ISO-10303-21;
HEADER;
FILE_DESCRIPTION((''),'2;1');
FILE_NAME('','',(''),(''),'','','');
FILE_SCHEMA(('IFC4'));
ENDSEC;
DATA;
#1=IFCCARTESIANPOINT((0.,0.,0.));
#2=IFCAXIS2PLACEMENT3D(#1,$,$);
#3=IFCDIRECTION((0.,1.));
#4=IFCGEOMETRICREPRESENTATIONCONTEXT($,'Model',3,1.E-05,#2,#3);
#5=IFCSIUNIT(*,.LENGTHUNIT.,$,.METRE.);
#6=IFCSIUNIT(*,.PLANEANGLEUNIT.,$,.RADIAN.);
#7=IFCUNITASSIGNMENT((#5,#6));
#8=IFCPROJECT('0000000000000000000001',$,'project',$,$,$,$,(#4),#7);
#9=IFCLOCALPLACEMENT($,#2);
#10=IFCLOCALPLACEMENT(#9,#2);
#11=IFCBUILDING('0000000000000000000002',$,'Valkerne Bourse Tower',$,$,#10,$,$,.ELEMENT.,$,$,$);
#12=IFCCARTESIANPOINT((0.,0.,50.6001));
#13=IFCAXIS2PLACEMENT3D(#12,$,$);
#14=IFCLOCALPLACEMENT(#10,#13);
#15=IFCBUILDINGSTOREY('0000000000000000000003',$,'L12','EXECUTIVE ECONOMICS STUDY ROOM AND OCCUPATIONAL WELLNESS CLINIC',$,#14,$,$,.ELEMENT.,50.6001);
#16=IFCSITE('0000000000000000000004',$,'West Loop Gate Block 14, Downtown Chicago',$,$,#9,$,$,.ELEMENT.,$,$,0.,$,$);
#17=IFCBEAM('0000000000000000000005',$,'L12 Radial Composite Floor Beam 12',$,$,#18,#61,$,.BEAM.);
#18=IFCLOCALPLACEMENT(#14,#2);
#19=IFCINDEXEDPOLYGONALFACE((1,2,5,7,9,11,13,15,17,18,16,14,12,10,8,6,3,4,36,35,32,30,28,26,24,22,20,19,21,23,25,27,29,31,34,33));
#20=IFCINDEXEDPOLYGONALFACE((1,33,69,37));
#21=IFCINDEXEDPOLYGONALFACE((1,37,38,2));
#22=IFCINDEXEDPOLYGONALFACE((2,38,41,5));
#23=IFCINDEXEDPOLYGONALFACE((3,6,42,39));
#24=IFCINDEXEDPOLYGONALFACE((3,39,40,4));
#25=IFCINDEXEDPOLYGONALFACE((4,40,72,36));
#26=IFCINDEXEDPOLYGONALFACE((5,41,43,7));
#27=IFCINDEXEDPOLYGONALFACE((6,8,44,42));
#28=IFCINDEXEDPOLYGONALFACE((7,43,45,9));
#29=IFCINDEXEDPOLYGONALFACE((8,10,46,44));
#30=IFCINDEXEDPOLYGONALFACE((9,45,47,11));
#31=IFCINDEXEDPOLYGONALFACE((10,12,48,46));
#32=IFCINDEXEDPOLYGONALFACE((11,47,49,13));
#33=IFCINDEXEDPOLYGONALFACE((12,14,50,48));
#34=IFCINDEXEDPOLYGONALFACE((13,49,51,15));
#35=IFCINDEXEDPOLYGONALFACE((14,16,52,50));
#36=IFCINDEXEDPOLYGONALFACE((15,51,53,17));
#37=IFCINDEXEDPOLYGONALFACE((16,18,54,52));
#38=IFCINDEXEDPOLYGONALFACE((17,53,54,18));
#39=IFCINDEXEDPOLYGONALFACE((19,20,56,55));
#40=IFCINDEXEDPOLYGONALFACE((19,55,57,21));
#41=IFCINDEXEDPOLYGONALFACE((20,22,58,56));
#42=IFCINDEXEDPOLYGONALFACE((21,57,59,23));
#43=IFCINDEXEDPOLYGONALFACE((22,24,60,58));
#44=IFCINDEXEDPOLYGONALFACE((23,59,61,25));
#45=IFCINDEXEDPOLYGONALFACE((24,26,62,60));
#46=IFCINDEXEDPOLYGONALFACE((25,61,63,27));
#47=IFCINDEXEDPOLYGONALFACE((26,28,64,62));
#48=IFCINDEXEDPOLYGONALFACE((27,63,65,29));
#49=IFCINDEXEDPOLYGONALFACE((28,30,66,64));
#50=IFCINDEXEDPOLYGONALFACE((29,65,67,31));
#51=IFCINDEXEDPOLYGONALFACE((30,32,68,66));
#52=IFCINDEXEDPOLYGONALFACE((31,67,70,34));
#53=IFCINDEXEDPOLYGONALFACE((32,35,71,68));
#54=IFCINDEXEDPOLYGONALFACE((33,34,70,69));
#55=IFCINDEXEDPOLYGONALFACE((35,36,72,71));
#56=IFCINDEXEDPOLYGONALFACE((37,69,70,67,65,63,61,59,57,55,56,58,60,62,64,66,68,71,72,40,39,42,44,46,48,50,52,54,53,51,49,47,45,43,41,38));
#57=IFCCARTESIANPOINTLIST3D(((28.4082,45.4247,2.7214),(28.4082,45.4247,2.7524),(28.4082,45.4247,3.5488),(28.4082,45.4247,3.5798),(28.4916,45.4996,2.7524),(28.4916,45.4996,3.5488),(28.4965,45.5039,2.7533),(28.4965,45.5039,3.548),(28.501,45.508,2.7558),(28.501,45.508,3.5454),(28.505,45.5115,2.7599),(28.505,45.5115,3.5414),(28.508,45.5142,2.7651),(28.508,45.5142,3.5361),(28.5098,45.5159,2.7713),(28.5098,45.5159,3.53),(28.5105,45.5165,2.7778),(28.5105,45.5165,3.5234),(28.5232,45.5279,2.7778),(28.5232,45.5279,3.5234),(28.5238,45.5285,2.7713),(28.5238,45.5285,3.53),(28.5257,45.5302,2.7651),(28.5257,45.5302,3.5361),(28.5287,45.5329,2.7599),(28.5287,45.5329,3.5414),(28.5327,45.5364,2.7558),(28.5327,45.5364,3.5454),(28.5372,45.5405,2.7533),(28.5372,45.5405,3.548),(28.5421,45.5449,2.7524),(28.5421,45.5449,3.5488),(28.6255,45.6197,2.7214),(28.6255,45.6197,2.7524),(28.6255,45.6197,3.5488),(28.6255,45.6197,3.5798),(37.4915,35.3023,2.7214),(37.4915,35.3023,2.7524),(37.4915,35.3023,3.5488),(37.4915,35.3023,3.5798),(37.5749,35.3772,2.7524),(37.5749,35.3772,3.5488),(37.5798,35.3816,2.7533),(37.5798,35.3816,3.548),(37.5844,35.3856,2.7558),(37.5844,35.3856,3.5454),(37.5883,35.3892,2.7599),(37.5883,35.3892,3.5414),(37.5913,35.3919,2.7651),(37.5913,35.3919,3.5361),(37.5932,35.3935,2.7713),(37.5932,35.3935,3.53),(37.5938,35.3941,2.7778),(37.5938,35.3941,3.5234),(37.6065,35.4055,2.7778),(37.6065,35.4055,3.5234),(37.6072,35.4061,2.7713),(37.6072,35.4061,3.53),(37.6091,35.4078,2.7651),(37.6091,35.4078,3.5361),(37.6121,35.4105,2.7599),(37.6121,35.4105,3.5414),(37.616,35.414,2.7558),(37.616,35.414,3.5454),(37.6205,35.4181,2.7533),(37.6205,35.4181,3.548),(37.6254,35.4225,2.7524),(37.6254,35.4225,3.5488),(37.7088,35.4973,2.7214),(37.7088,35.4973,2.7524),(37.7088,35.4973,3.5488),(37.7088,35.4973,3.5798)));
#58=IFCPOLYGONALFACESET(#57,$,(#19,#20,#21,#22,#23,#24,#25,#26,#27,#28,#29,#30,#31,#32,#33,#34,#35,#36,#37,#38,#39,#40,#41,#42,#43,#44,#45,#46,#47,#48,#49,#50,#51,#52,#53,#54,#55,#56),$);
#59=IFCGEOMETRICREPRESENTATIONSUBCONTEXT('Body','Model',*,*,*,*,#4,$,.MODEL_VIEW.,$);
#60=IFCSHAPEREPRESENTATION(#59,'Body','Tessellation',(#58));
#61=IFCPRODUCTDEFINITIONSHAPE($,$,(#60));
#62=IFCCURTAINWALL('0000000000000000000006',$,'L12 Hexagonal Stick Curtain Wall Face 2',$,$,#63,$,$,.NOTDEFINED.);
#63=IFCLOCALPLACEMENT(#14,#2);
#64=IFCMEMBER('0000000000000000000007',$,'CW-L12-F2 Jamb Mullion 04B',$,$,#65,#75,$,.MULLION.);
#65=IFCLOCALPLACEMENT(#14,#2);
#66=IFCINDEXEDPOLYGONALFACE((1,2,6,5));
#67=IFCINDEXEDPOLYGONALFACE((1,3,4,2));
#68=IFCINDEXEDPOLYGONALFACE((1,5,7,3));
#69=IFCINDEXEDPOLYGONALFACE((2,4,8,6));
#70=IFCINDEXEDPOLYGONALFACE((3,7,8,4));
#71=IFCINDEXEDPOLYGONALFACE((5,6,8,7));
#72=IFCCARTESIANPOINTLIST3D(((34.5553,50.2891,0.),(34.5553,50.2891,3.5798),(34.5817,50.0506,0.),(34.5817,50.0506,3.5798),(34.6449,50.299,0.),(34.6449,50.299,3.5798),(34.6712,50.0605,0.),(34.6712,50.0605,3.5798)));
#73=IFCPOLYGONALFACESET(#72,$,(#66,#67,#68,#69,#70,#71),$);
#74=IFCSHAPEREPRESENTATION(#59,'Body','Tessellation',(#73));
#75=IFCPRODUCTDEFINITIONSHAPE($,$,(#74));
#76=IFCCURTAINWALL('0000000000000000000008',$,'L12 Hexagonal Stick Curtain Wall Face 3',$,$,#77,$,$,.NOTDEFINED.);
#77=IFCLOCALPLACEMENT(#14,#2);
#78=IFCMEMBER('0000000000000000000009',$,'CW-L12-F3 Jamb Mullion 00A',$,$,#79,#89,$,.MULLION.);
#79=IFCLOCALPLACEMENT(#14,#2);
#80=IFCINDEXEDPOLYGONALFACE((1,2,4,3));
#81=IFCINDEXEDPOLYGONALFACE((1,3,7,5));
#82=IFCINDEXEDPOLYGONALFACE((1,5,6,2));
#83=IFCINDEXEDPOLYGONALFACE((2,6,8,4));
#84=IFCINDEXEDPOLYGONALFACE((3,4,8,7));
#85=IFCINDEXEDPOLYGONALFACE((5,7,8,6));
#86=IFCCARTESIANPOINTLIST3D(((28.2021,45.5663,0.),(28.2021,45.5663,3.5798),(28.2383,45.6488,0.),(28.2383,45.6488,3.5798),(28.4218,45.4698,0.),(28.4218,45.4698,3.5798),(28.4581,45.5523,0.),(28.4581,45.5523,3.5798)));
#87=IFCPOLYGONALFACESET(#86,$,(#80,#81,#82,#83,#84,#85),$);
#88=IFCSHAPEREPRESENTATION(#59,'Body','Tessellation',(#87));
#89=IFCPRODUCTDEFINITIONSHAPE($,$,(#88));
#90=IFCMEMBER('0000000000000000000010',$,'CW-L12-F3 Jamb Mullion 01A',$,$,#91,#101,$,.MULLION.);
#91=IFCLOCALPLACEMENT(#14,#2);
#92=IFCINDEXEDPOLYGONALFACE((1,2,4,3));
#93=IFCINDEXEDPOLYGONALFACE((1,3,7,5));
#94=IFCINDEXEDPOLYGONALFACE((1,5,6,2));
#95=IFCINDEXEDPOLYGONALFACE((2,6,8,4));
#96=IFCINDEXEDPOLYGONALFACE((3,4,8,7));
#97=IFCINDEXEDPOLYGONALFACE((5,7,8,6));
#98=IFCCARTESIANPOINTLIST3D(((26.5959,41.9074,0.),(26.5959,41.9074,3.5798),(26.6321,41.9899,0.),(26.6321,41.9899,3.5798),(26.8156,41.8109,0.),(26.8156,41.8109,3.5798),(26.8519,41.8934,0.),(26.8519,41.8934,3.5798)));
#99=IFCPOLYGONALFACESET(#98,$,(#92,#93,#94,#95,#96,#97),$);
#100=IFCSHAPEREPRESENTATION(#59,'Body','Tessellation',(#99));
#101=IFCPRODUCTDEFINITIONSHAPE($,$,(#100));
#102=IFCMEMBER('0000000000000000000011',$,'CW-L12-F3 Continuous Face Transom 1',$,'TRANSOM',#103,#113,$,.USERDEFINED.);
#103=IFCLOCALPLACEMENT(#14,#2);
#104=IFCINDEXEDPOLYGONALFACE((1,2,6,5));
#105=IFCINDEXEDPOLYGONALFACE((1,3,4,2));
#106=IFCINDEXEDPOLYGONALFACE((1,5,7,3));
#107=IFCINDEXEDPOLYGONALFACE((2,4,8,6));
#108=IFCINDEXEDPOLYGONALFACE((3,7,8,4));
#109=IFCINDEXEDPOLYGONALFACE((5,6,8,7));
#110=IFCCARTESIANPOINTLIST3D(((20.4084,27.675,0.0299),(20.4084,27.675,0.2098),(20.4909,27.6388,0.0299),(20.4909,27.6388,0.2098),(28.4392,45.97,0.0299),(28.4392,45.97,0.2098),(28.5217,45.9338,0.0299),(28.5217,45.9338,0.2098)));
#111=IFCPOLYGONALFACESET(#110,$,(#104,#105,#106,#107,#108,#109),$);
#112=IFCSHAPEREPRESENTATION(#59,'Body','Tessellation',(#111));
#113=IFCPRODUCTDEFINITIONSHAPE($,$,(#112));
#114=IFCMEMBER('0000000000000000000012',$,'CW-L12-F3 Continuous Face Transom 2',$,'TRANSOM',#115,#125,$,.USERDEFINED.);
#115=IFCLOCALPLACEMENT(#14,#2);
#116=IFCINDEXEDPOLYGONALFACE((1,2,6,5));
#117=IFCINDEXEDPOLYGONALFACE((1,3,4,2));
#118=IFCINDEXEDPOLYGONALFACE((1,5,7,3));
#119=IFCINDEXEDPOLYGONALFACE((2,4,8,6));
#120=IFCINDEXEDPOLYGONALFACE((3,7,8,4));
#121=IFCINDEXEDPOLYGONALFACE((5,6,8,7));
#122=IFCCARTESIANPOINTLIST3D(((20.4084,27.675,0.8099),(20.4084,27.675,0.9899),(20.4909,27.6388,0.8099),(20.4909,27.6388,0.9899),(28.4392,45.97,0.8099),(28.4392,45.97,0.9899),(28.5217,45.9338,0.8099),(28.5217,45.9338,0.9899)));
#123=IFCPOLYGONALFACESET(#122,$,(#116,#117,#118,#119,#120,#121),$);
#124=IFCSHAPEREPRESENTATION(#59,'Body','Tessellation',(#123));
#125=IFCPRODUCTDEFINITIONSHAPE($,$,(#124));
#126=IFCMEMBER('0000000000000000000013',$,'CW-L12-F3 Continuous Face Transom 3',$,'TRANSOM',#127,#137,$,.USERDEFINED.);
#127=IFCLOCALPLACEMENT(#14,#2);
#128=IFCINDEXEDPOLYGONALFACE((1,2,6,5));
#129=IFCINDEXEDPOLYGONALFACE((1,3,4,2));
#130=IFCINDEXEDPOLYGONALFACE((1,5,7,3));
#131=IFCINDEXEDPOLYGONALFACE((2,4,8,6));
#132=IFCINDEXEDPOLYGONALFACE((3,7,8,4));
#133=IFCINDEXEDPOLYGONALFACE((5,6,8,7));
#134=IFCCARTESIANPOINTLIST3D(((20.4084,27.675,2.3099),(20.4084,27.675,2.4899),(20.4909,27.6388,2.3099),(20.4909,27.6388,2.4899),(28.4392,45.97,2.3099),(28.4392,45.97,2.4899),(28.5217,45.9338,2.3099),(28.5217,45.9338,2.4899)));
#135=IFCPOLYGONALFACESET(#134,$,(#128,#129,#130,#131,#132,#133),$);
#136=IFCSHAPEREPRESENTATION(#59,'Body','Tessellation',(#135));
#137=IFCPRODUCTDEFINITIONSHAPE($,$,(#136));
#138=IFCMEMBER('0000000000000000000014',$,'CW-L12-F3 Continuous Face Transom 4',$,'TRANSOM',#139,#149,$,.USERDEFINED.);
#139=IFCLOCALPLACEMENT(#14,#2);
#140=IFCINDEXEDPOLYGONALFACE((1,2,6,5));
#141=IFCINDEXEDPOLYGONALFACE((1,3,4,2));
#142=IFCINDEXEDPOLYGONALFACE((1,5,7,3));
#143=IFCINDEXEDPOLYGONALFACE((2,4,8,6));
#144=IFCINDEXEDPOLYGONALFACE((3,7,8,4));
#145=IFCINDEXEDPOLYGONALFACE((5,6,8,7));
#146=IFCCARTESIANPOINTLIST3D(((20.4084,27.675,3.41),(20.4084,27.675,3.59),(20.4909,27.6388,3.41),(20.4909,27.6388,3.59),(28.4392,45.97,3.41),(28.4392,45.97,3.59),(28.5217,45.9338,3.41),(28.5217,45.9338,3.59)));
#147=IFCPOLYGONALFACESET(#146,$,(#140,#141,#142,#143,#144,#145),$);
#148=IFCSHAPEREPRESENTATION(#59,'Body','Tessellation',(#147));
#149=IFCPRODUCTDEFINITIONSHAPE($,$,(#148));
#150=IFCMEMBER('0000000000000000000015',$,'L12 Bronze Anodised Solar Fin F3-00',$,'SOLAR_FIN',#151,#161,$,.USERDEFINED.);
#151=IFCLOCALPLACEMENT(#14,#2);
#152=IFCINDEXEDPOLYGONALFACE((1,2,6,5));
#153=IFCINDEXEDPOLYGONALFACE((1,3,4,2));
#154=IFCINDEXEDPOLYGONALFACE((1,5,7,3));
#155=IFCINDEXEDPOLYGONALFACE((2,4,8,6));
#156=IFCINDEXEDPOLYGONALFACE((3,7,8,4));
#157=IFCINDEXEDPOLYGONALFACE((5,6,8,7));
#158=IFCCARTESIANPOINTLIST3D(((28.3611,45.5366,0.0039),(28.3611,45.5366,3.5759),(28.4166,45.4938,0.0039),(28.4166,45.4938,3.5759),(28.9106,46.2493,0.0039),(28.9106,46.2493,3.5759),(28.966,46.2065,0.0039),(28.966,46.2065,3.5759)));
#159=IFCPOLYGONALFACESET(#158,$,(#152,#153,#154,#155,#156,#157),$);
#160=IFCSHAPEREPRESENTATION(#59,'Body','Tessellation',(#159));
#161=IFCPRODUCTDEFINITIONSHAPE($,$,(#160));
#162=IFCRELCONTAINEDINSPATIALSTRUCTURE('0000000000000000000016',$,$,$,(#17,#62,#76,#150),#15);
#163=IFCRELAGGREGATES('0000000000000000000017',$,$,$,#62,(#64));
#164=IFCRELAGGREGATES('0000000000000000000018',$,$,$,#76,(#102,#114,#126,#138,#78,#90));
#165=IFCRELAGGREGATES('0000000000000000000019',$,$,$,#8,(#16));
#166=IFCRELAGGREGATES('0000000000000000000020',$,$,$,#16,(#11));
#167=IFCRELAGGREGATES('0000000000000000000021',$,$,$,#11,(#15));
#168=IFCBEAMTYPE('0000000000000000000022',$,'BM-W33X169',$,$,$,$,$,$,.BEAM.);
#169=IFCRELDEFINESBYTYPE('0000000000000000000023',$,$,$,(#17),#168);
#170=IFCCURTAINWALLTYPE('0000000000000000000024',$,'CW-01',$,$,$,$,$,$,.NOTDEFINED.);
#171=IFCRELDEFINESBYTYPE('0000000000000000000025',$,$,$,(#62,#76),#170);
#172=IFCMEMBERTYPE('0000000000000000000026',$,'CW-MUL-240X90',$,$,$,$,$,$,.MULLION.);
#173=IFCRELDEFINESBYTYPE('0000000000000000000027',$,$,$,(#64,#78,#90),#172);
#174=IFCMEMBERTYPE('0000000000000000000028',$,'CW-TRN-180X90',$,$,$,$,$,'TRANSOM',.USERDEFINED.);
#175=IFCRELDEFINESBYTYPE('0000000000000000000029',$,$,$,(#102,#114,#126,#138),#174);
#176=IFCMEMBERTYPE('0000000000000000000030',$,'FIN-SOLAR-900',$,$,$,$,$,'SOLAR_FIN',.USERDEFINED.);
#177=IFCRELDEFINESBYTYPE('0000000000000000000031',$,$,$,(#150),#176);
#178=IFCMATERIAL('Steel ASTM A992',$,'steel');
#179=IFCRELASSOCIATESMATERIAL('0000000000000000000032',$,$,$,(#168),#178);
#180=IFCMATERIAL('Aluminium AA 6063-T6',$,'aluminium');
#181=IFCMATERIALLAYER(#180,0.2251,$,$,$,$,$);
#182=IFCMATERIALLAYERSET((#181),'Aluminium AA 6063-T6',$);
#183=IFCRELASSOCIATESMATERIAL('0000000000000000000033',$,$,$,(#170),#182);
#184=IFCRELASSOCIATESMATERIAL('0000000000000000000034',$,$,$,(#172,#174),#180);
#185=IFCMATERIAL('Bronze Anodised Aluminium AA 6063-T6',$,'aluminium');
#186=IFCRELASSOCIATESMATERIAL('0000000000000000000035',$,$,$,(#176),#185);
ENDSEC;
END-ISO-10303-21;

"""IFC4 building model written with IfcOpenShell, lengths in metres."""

from ifc_helpers import new_model, si_unit, direction, frame, origin, origin_2d, place, context, subcontext, project, spatial, rectangle, i_section, extrude, material, layer, layer_set, material_profile, profile_set, type_object, element, aggregate, save


model = new_model("IFC4")

# Units and contexts
model_context = context("Model", 3, precision=1e-05, world=origin(), true_north=direction((0.0, 1.0)))
body_context = subcontext(model_context, "Body", "Model", "MODEL_VIEW")
ifc_project = project(units=[si_unit("LENGTHUNIT", "METRE"), si_unit("PLANEANGLEUNIT", "RADIAN")], contexts=[model_context])

# Site, building, storey
site_placement = place(None, origin())
site = spatial("IfcSite", under=ifc_project, at=site_placement, Name="West Loop Gate Block 14, Downtown Chicago", CompositionType="ELEMENT", RefElevation=0.0)
building_placement = place(site_placement, origin())
building = spatial("IfcBuilding", under=site, at=building_placement, Name="Valkerne Bourse Tower", CompositionType="ELEMENT")
storey_placement = place(building_placement, frame((0.0, 0.0, 50.6001)))
storey = spatial("IfcBuildingStorey", under=building, at=storey_placement, Name="L12", Description="EXECUTIVE ECONOMICS STUDY ROOM AND OCCUPATIONAL WELLNESS CLINIC", CompositionType="ELEMENT", Elevation=50.6001)

# Beam
ifc_material_1 = material(Name="Steel ASTM A992", Category="steel")
ifc_material_profile_1 = material_profile(ifc_material_1, i_section(OverallWidth=0.292, OverallDepth=0.8584, WebThickness=0.0171, FlangeThickness=0.031, FilletRadius=0.0254, at=origin_2d()), Name="W33X169")
ifc_profile_set_1 = profile_set([ifc_material_profile_1], Name="Steel ASTM A992")
beam_type_1 = type_object("IfcBeamType", Name="BM-W33X169", PredefinedType="BEAM", material=ifc_profile_set_1)
beam_1_placement = place(storey_placement, frame((28.5168, 45.5222, 3.1506), z_axis=(0.667874, -0.744274, 0.0), x_axis=(0.744274, 0.667874, 0.0)))
element("IfcBeam", 1, at=beam_1_placement, inside=storey, type_object=beam_type_1, Name="L12 Radial Composite Floor Beam 12", PredefinedType="BEAM", context=body_context, shape_type="SweptSolid", body=[
    extrude(i_section(OverallWidth=0.292, OverallDepth=0.8584, WebThickness=0.0171, FlangeThickness=0.031, FilletRadius=0.0254, at=origin_2d()), origin(), (0.0, 0.0, 1.0), 13.6003),
])

# Curtain wall, member
ifc_material_2 = material(Name="Aluminium AA 6063-T6", Category="aluminium")
ifc_layer_1 = layer(ifc_material_2, 0.2251)
ifc_layer_set_1 = layer_set([ifc_layer_1], Name="Aluminium AA 6063-T6")
curtain_wall_type = type_object("IfcCurtainWallType", Name="CW-01", PredefinedType="NOTDEFINED", material=ifc_layer_set_1)
curtain_wall_1_placement = place(storey_placement, origin())
curtain_wall_1 = element("IfcCurtainWall", 2, at=curtain_wall_1_placement, inside=storey, type_object=curtain_wall_type, Name="L12 Hexagonal Stick Curtain Wall Face 2", PredefinedType="NOTDEFINED")
ifc_material_profile_2 = material_profile(ifc_material_2, rectangle(XDim=0.0901, YDim=0.24, at=origin_2d()), Name="CWM-90X240")
ifc_profile_set_2 = profile_set([ifc_material_profile_2], Name="Aluminium AA 6063-T6")
member_type_1 = type_object("IfcMemberType", Name="CW-MUL-240X90", PredefinedType="MULLION", material=ifc_profile_set_2)
member_1_placement = place(storey_placement, frame((34.6133, 50.1748, 0.0), z_axis=(0.0, 0.0, 1.0), x_axis=(-0.993961, -0.109737, 0.0)))
member_1 = element("IfcMember", 3, at=member_1_placement, type_object=member_type_1, Name="CW-L12-F2 Jamb Mullion 04B", PredefinedType="MULLION", context=body_context, shape_type="SweptSolid", body=[
    extrude(rectangle(XDim=0.0901, YDim=0.24, at=origin_2d()), origin(), (0.0, 0.0, 1.0), 3.5798),
])

# Curtain wall, members
curtain_wall_2_placement = place(storey_placement, origin())
curtain_wall_2 = element("IfcCurtainWall", 4, at=curtain_wall_2_placement, inside=storey, type_object=curtain_wall_type, Name="L12 Hexagonal Stick Curtain Wall Face 3", PredefinedType="NOTDEFINED")
member_2_placement = place(storey_placement, frame((28.3301, 45.5593, 0.0), z_axis=(0.0, 0.0, 1.0), x_axis=(-0.40195, -0.915662, 0.0)))
member_2 = element("IfcMember", 5, at=member_2_placement, type_object=member_type_1, Name="CW-L12-F3 Jamb Mullion 00A", PredefinedType="MULLION", context=body_context, shape_type="SweptSolid", body=[
    extrude(rectangle(XDim=0.0901, YDim=0.24, at=origin_2d()), origin(), (0.0, 0.0, 1.0), 3.5798),
])
member_3_placement = place(storey_placement, frame((26.7239, 41.9004, 0.0), z_axis=(0.0, 0.0, 1.0), x_axis=(-0.40195, -0.915662, 0.0)))
member_3 = element("IfcMember", 6, at=member_3_placement, type_object=member_type_1, Name="CW-L12-F3 Jamb Mullion 01A", PredefinedType="MULLION", context=body_context, shape_type="SweptSolid", body=[
    extrude(rectangle(XDim=0.0901, YDim=0.24, at=origin_2d()), origin(), (0.0, 0.0, 1.0), 3.5798),
])
ifc_material_profile_3 = material_profile(ifc_material_2, rectangle(XDim=0.0901, YDim=0.1799, at=origin_2d()), Name="CWT-90X180")
ifc_profile_set_3 = profile_set([ifc_material_profile_3], Name="Aluminium AA 6063-T6")
member_type_2 = type_object("IfcMemberType", Name="CW-TRN-180X90", ElementType="TRANSOM", PredefinedType="USERDEFINED", material=ifc_profile_set_3)
member_4_placement = place(storey_placement, frame((28.4805, 45.9519, 0.1199), z_axis=(-0.401942, -0.915665, 0.0), x_axis=(0.915665, -0.401942, 0.0)))
member_4 = element("IfcMember", 7, at=member_4_placement, type_object=member_type_2, Name="CW-L12-F3 Continuous Face Transom 1", ObjectType="TRANSOM", PredefinedType="USERDEFINED", context=body_context, shape_type="SweptSolid", body=[
    extrude(rectangle(XDim=0.0901, YDim=0.1799, at=origin_2d()), origin(), (0.0, 0.0, 1.0), 19.98),
])
member_5_placement = place(storey_placement, frame((28.4805, 45.9519, 0.8999), z_axis=(-0.401942, -0.915665, 0.0), x_axis=(0.915665, -0.401942, 0.0)))
member_5 = element("IfcMember", 8, at=member_5_placement, type_object=member_type_2, Name="CW-L12-F3 Continuous Face Transom 2", ObjectType="TRANSOM", PredefinedType="USERDEFINED", context=body_context, shape_type="SweptSolid", body=[
    extrude(rectangle(XDim=0.0901, YDim=0.1799, at=origin_2d()), origin(), (0.0, 0.0, 1.0), 19.98),
])
member_6_placement = place(storey_placement, frame((28.4805, 45.9519, 2.3999), z_axis=(-0.401942, -0.915665, 0.0), x_axis=(0.915665, -0.401942, 0.0)))
member_6 = element("IfcMember", 9, at=member_6_placement, type_object=member_type_2, Name="CW-L12-F3 Continuous Face Transom 3", ObjectType="TRANSOM", PredefinedType="USERDEFINED", context=body_context, shape_type="SweptSolid", body=[
    extrude(rectangle(XDim=0.0901, YDim=0.1799, at=origin_2d()), origin(), (0.0, 0.0, 1.0), 19.98),
])
member_7_placement = place(storey_placement, frame((28.4805, 45.9519, 3.5), z_axis=(-0.401942, -0.915665, 0.0), x_axis=(0.915665, -0.401942, 0.0)))
member_7 = element("IfcMember", 10, at=member_7_placement, type_object=member_type_2, Name="CW-L12-F3 Continuous Face Transom 4", ObjectType="TRANSOM", PredefinedType="USERDEFINED", context=body_context, shape_type="SweptSolid", body=[
    extrude(rectangle(XDim=0.0901, YDim=0.1799, at=origin_2d()), origin(), (0.0, 0.0, 1.0), 19.98),
])

# Member
ifc_material_3 = material(Name="Bronze Anodised Aluminium AA 6063-T6", Category="aluminium")
ifc_material_profile_4 = material_profile(ifc_material_3, rectangle(XDim=0.0701, YDim=0.8999, at=origin_2d()), Name="FIN-70X900")
ifc_profile_set_4 = profile_set([ifc_material_profile_4], Name="Bronze Anodised Aluminium AA 6063-T6")
member_type_3 = type_object("IfcMemberType", Name="FIN-SOLAR-900", ElementType="SOLAR_FIN", PredefinedType="USERDEFINED", material=ifc_profile_set_4)
member_8_placement = place(storey_placement, frame((28.6636, 45.8716, 0.0039), z_axis=(0.0, 0.0, 1.0), x_axis=(-0.79196, 0.610573, 0.0)))
element("IfcMember", 11, at=member_8_placement, inside=storey, type_object=member_type_3, Name="L12 Bronze Anodised Solar Fin F3-00", ObjectType="SOLAR_FIN", PredefinedType="USERDEFINED", context=body_context, shape_type="SweptSolid", body=[
    extrude(rectangle(XDim=0.0701, YDim=0.8999, at=origin_2d()), origin(), (0.0, 0.0, 1.0), 3.572),
])

aggregate(curtain_wall_1, [member_1])
aggregate(curtain_wall_2, [member_4, member_5, member_6, member_7, member_2, member_3])

save(model, "model.ifc")
